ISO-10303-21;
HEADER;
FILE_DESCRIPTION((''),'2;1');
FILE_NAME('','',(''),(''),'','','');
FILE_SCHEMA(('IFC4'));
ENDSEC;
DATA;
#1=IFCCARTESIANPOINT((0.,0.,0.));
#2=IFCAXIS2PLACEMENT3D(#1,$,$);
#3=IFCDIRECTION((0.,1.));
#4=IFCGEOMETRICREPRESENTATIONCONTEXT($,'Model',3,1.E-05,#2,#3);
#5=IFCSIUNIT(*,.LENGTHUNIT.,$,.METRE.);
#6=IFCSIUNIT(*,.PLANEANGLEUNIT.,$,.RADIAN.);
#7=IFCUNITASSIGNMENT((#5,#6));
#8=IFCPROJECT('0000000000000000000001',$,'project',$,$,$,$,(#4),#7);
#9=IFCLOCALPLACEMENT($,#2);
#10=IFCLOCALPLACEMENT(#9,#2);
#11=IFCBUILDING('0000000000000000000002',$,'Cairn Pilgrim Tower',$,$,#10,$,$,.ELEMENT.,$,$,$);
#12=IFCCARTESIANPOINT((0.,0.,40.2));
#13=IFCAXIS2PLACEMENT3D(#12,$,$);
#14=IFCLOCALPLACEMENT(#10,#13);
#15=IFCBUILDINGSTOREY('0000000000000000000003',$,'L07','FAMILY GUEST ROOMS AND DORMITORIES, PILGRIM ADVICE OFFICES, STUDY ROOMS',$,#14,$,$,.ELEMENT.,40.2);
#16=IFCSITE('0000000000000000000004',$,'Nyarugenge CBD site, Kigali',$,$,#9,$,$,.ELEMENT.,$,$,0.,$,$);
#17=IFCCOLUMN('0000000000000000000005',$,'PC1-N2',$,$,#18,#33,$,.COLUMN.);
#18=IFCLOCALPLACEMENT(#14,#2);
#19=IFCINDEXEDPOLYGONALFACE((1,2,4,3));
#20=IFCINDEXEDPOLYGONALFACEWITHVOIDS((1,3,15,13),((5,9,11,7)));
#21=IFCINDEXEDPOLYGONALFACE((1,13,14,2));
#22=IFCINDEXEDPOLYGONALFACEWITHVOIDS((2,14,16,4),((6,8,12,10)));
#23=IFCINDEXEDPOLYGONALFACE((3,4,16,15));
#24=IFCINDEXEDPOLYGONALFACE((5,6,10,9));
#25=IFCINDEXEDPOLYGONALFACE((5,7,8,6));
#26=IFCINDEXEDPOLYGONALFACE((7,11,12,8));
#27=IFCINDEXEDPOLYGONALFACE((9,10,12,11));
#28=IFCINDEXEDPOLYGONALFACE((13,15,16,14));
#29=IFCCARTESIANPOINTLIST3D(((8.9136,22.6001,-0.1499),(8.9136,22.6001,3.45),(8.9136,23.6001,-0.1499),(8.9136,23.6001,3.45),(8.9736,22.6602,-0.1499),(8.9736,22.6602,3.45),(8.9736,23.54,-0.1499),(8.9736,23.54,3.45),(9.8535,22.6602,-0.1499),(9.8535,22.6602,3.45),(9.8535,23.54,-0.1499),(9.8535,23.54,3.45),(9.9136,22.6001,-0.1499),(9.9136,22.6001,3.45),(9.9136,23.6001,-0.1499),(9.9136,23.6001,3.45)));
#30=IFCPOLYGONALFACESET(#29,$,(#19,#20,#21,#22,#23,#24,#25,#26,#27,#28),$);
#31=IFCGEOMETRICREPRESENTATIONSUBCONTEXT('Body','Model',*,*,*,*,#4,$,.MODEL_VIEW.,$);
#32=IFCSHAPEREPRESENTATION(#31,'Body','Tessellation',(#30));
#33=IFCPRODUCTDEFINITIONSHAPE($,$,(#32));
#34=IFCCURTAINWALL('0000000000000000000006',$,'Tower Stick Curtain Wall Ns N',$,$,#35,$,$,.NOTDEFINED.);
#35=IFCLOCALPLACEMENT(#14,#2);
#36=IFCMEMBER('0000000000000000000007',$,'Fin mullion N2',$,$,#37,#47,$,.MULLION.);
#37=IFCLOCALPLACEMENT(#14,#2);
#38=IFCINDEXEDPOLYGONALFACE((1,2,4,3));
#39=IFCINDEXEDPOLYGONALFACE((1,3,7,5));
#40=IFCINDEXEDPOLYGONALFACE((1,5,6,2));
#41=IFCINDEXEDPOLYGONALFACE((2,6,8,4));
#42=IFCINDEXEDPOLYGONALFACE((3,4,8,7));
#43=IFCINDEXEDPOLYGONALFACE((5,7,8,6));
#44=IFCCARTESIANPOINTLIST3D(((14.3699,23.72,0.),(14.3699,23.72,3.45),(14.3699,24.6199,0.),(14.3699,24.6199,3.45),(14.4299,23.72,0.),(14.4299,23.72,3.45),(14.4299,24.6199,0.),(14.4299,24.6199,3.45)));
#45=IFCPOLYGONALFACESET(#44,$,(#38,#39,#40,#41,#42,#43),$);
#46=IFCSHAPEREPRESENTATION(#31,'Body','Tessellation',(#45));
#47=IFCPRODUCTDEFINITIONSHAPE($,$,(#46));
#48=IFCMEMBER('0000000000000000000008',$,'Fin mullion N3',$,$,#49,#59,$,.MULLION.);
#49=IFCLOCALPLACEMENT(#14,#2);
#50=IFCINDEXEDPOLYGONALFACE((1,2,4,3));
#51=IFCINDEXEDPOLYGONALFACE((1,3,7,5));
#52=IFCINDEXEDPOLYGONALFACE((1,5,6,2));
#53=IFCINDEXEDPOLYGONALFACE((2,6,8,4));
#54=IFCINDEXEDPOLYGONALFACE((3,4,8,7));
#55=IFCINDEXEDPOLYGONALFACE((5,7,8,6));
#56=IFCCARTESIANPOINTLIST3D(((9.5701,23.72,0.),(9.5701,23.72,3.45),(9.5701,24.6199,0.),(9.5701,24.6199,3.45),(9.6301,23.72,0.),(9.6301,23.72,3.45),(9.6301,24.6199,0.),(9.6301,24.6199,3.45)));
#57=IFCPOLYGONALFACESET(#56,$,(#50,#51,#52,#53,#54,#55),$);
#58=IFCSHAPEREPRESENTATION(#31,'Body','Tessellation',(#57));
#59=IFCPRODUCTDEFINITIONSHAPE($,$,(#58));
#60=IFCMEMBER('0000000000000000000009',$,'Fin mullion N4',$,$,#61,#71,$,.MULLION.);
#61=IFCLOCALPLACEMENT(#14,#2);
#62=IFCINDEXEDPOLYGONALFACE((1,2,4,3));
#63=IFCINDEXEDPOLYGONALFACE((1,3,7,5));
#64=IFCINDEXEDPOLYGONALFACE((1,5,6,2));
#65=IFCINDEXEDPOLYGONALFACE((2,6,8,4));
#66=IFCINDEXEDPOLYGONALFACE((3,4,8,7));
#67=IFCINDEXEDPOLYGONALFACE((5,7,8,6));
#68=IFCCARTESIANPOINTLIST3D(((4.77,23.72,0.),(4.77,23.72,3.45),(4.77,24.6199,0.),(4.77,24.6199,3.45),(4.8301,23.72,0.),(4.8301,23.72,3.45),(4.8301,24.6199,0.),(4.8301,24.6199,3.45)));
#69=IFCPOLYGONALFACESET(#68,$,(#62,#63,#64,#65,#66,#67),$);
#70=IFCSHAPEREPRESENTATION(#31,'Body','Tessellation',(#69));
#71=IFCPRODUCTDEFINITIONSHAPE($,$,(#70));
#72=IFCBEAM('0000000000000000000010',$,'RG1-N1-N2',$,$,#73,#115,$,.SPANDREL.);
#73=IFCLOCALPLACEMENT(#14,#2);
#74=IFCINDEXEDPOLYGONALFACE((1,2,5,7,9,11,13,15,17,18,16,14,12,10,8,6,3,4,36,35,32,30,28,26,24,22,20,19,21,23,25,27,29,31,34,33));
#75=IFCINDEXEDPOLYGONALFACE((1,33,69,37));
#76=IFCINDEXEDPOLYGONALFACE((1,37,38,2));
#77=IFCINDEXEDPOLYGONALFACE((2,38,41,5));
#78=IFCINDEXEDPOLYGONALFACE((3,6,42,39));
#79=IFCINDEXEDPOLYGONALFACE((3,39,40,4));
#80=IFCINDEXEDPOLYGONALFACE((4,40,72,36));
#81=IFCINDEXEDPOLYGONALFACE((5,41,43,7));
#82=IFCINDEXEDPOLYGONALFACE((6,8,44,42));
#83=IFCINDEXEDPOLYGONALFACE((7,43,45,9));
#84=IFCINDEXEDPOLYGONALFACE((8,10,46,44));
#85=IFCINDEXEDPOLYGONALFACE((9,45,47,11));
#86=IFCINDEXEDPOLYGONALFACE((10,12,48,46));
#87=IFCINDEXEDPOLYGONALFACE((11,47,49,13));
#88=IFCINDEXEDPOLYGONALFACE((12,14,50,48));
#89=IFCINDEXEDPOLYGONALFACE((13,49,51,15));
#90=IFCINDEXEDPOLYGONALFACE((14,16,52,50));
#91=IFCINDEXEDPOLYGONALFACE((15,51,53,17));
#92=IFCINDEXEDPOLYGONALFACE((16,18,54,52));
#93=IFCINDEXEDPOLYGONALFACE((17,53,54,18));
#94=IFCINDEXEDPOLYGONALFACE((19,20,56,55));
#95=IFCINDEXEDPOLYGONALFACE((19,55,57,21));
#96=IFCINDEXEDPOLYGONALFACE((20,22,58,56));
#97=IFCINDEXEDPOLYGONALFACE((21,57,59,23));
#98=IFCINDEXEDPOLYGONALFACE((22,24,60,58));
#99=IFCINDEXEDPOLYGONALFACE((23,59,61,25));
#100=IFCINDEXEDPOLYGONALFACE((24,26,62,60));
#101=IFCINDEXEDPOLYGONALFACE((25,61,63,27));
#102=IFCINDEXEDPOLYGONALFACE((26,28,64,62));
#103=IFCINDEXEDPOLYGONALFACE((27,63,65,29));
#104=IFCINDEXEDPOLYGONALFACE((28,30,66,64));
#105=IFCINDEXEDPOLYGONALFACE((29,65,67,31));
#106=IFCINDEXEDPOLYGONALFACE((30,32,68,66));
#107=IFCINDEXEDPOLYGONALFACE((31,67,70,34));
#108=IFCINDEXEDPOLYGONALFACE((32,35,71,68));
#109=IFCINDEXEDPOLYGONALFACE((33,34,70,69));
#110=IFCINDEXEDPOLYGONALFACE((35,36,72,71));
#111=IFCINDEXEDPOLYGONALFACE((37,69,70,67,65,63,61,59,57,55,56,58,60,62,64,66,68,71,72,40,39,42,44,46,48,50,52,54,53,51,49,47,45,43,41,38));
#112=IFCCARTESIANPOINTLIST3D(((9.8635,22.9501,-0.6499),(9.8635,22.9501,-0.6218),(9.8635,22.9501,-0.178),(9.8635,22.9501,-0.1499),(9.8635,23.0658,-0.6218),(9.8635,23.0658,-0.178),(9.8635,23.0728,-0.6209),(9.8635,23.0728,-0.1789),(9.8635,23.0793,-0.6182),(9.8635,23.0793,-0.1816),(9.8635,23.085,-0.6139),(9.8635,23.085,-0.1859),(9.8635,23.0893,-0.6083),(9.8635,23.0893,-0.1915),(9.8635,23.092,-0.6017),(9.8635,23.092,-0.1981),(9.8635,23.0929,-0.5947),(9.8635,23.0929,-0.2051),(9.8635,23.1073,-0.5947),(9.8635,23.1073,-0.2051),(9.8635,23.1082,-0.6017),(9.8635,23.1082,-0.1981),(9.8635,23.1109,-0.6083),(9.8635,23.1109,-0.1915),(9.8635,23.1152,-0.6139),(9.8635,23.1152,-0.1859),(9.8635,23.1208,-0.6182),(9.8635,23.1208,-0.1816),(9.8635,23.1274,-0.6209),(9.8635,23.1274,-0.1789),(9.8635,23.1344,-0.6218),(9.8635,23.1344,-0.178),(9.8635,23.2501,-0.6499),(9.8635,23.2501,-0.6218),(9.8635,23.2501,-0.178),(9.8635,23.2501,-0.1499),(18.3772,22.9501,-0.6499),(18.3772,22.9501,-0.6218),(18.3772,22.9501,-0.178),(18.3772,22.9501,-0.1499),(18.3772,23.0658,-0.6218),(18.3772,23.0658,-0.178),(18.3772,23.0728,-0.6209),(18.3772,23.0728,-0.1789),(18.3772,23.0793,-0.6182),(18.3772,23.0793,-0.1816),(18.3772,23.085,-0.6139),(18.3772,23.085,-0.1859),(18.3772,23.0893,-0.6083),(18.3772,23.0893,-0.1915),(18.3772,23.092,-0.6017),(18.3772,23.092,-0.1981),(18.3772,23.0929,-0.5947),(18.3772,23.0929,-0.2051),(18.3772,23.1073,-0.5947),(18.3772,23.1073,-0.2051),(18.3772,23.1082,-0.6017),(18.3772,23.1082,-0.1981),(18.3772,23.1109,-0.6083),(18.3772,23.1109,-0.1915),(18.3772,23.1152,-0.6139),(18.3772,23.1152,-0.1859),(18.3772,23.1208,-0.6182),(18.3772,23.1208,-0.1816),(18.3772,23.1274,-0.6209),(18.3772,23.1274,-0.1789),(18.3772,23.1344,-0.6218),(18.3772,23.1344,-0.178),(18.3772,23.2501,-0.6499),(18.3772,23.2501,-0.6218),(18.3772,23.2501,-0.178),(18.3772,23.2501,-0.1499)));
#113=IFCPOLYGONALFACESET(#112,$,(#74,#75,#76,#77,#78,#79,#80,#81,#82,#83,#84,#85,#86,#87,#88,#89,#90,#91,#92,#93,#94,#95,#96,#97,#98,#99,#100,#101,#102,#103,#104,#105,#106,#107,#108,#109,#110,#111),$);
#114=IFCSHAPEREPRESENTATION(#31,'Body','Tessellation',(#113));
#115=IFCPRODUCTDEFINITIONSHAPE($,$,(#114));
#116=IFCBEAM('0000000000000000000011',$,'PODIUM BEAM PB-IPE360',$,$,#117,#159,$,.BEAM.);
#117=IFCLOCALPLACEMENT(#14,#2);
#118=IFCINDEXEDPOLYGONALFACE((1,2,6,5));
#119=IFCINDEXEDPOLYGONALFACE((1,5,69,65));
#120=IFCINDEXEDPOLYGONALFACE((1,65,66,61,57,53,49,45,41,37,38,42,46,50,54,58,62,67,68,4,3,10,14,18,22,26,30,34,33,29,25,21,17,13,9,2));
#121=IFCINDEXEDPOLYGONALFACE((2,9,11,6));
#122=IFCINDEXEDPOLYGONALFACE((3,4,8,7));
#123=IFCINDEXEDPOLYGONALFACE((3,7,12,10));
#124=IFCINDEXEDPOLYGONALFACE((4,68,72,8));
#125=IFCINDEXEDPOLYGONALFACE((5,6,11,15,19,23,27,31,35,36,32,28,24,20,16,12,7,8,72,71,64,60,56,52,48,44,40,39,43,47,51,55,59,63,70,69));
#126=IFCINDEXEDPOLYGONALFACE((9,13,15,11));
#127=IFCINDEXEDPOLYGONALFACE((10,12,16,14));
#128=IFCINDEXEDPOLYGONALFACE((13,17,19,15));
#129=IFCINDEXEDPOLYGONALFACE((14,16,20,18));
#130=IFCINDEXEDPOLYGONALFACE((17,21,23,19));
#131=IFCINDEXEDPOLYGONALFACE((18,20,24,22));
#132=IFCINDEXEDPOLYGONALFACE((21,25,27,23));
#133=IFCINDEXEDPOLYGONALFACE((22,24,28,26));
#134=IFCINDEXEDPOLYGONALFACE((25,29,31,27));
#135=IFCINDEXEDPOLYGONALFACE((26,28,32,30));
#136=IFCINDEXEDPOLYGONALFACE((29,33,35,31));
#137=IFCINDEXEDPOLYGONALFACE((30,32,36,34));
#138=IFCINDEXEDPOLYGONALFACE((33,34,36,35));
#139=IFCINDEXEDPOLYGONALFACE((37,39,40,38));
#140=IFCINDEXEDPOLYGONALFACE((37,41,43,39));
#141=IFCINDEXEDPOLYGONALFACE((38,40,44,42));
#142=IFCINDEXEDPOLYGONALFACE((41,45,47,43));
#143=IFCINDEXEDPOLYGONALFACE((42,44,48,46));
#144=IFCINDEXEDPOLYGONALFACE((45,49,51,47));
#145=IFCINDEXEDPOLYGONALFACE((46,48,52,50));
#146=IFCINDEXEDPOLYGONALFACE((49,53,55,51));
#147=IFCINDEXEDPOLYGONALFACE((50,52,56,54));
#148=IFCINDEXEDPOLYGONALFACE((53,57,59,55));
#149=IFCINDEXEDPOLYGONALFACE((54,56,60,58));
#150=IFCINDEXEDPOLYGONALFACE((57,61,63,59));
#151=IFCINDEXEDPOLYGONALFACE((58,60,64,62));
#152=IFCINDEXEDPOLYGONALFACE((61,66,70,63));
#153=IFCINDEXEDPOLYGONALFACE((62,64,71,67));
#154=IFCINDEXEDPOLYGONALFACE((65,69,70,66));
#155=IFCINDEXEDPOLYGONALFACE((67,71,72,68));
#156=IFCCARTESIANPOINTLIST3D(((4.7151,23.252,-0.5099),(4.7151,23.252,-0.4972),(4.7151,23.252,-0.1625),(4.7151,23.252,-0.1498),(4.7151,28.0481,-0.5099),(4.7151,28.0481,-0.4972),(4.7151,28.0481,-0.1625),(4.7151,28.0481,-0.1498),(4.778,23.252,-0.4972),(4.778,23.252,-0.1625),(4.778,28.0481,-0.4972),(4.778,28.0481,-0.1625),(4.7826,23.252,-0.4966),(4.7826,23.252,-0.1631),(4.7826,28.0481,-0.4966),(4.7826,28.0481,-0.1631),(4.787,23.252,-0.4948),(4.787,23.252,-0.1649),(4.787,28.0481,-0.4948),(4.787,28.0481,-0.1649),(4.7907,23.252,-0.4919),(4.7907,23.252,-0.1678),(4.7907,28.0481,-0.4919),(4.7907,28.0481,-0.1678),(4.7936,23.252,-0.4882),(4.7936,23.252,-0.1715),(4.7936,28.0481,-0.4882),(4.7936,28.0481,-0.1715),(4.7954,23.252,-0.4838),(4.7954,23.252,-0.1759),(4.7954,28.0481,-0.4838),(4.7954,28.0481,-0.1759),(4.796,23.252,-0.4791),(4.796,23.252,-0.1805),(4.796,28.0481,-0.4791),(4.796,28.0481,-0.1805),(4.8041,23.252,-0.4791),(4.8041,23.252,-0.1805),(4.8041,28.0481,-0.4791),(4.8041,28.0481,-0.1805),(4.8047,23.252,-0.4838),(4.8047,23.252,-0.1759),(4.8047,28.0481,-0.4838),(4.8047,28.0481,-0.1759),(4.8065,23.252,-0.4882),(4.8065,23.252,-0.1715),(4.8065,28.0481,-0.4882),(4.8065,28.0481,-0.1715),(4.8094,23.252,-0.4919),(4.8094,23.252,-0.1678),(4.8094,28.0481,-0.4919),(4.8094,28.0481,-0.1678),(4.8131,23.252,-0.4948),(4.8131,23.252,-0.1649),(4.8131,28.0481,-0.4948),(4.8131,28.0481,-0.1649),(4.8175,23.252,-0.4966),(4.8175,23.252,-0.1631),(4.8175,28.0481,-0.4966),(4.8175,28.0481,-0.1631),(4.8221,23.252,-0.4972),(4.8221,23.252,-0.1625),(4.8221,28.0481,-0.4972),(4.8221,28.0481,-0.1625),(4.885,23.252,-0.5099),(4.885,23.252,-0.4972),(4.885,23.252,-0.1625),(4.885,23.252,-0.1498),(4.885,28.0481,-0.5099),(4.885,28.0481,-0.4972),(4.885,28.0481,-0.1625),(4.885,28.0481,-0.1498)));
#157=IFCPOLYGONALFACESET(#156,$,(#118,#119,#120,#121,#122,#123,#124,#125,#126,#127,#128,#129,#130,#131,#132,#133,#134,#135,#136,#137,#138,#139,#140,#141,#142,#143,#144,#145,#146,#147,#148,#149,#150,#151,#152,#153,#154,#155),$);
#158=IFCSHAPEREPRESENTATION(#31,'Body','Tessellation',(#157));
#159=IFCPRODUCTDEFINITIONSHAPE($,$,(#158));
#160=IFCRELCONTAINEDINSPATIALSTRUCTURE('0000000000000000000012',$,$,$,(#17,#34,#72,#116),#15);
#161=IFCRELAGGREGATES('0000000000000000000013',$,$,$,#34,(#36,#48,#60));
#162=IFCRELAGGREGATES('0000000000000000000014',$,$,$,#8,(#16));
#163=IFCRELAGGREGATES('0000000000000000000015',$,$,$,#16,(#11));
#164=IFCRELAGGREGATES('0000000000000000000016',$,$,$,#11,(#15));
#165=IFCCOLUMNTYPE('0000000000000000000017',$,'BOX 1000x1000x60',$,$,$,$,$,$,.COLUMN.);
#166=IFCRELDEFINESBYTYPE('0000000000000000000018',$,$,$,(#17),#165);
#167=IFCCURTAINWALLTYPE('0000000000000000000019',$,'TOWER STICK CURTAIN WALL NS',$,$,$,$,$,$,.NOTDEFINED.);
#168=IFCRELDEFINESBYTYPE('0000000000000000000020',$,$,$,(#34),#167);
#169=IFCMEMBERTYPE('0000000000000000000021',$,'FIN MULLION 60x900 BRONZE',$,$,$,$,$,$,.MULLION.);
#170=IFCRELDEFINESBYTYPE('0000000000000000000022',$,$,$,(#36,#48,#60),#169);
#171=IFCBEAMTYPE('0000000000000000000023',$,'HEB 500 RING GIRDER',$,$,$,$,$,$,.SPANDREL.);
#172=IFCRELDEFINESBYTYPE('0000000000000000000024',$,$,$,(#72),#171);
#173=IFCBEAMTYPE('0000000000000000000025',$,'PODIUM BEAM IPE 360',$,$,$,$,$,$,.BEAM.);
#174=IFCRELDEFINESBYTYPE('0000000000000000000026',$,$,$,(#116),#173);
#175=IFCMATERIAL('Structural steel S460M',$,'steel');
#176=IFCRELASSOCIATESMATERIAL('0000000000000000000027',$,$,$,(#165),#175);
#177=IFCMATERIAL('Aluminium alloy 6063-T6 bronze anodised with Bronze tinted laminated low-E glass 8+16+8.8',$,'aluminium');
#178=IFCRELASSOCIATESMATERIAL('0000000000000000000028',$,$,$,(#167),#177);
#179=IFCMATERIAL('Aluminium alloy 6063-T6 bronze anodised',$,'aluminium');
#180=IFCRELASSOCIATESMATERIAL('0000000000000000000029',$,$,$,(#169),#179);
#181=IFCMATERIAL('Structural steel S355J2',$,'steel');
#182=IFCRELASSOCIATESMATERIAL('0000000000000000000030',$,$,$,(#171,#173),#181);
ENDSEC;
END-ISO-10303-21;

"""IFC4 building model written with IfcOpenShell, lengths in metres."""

from ifc_helpers import new_model, si_unit, direction, frame, origin, origin_2d, place, context, subcontext, project, spatial, rectangle, hollow_rectangle, i_section, extrude, material, material_profile, profile_set, type_object, element, aggregate, save


model = new_model("IFC4")

# Units and contexts
model_context = context("Model", 3, precision=1e-05, world=origin(), true_north=direction((0.0, 1.0)))
body_context = subcontext(model_context, "Body", "Model", "MODEL_VIEW")
ifc_project = project(units=[si_unit("LENGTHUNIT", "METRE"), si_unit("PLANEANGLEUNIT", "RADIAN")], contexts=[model_context])

# Site, building, storey
site_placement = place(None, origin())
site = spatial("IfcSite", under=ifc_project, at=site_placement, Name="Nyarugenge CBD site, Kigali", CompositionType="ELEMENT", RefElevation=0.0)
building_placement = place(site_placement, origin())
building = spatial("IfcBuilding", under=site, at=building_placement, Name="Cairn Pilgrim Tower", CompositionType="ELEMENT")
storey_placement = place(building_placement, frame((0.0, 0.0, 40.2)))
storey = spatial("IfcBuildingStorey", under=building, at=storey_placement, Name="L07", Description="FAMILY GUEST ROOMS AND DORMITORIES, PILGRIM ADVICE OFFICES, STUDY ROOMS", CompositionType="ELEMENT", Elevation=40.2)

# Column
ifc_material_1 = material(Name="Structural steel S460M", Category="steel")
ifc_material_profile_1 = material_profile(ifc_material_1, hollow_rectangle(XDim=1.0, YDim=1.0, WallThickness=0.0601, at=origin_2d()), Name="BOX 1000x1000x60")
ifc_profile_set_1 = profile_set([ifc_material_profile_1], Name="Structural steel S460M")
column_type = type_object("IfcColumnType", Name="BOX 1000x1000x60", PredefinedType="COLUMN", material=ifc_profile_set_1)
column_placement = place(storey_placement, frame((9.4136, 23.1001, -0.1499), z_axis=(0.0, 0.0, 1.0), x_axis=(1.0, 0.0, 0.0)))
element("IfcColumn", 1, at=column_placement, inside=storey, type_object=column_type, Name="PC1-N2", PredefinedType="COLUMN", context=body_context, shape_type="SweptSolid", body=[
    extrude(hollow_rectangle(XDim=1.0, YDim=1.0, WallThickness=0.0601, at=origin_2d()), origin(), (0.0, 0.0, 1.0), 3.5999),
])

# Curtain wall, members
ifc_material_2 = material(Name="Aluminium alloy 6063-T6 bronze anodised with Bronze tinted laminated low-E glass 8+16+8.8", Category="aluminium")
curtain_wall_type = type_object("IfcCurtainWallType", Name="TOWER STICK CURTAIN WALL NS", PredefinedType="NOTDEFINED", material=ifc_material_2)
curtain_wall_placement = place(storey_placement, origin())
curtain_wall = element("IfcCurtainWall", 2, at=curtain_wall_placement, inside=storey, type_object=curtain_wall_type, Name="Tower Stick Curtain Wall Ns N", PredefinedType="NOTDEFINED")
ifc_material_3 = material(Name="Aluminium alloy 6063-T6 bronze anodised", Category="aluminium")
ifc_material_profile_2 = material_profile(ifc_material_3, rectangle(XDim=0.8999, YDim=0.0601, at=origin_2d()), Name="FIN MULLION 60x900 BRONZE")
ifc_profile_set_2 = profile_set([ifc_material_profile_2], Name="Aluminium alloy 6063-T6 bronze anodised")
member_type_1 = type_object("IfcMemberType", Name="FIN MULLION 60x900 BRONZE", PredefinedType="MULLION", material=ifc_profile_set_2)
member_1_placement = place(storey_placement, frame((14.3999, 24.1699, 0.0), z_axis=(0.0, 0.0, 1.0), x_axis=(0.0, 1.0, 0.0)))
member_1 = element("IfcMember", 3, at=member_1_placement, type_object=member_type_1, Name="Fin mullion N2", PredefinedType="MULLION", context=body_context, shape_type="SweptSolid", body=[
    extrude(rectangle(XDim=0.8999, YDim=0.0601, at=origin_2d()), origin(), (0.0, 0.0, 1.0), 3.45),
])
member_2_placement = place(storey_placement, frame((9.6001, 24.1699, 0.0), z_axis=(0.0, 0.0, 1.0), x_axis=(0.0, 1.0, 0.0)))
member_2 = element("IfcMember", 4, at=member_2_placement, type_object=member_type_1, Name="Fin mullion N3", PredefinedType="MULLION", context=body_context, shape_type="SweptSolid", body=[
    extrude(rectangle(XDim=0.8999, YDim=0.0601, at=origin_2d()), origin(), (0.0, 0.0, 1.0), 3.45),
])
member_3_placement = place(storey_placement, frame((4.8, 24.1699, 0.0), z_axis=(0.0, 0.0, 1.0), x_axis=(0.0, 1.0, 0.0)))
member_3 = element("IfcMember", 5, at=member_3_placement, type_object=member_type_1, Name="Fin mullion N4", PredefinedType="MULLION", context=body_context, shape_type="SweptSolid", body=[
    extrude(rectangle(XDim=0.8999, YDim=0.0601, at=origin_2d()), origin(), (0.0, 0.0, 1.0), 3.45),
])

# Beams
ifc_material_4 = material(Name="Structural steel S355J2", Category="steel")
ifc_material_profile_3 = material_profile(ifc_material_4, i_section(OverallWidth=0.3, OverallDepth=0.5, WebThickness=0.0144, FlangeThickness=0.0281, FilletRadius=0.0271, at=origin_2d()), Name="HEB 500")
ifc_profile_set_3 = profile_set([ifc_material_profile_3], Name="Structural steel S355J2")
beam_type_1 = type_object("IfcBeamType", Name="HEB 500 RING GIRDER", PredefinedType="SPANDREL", material=ifc_profile_set_3)
beam_1_placement = place(storey_placement, frame((18.3772, 23.1001, -0.3999), z_axis=(-1.0, 0.0, 0.0), x_axis=(0.0, -1.0, 0.0)))
element("IfcBeam", 6, at=beam_1_placement, inside=storey, type_object=beam_type_1, Name="RG1-N1-N2", PredefinedType="SPANDREL", context=body_context, shape_type="SweptSolid", body=[
    extrude(i_section(OverallWidth=0.3, OverallDepth=0.5, WebThickness=0.0144, FlangeThickness=0.0281, FilletRadius=0.0271, at=origin_2d()), origin(), (0.0, 0.0, 1.0), 8.5137),
])
ifc_material_profile_4 = material_profile(ifc_material_4, i_section(OverallWidth=0.1699, OverallDepth=0.3601, WebThickness=0.0081, FlangeThickness=0.0127, FilletRadius=0.0181, at=origin_2d()), Name="IPE 360")
ifc_profile_set_4 = profile_set([ifc_material_profile_4], Name="Structural steel S355J2")
beam_type_2 = type_object("IfcBeamType", Name="PODIUM BEAM IPE 360", PredefinedType="BEAM", material=ifc_profile_set_4)
beam_2_placement = place(storey_placement, frame((4.8, 23.252, -0.3298), z_axis=(0.0, 1.0, 0.0), x_axis=(-1.0, 0.0, 0.0)))
element("IfcBeam", 7, at=beam_2_placement, inside=storey, type_object=beam_type_2, Name="PODIUM BEAM PB-IPE360", PredefinedType="BEAM", context=body_context, shape_type="SweptSolid", body=[
    extrude(i_section(OverallWidth=0.1699, OverallDepth=0.3601, WebThickness=0.0081, FlangeThickness=0.0127, FilletRadius=0.0181, at=origin_2d()), origin(), (0.0, 0.0, 1.0), 4.7961),
])

aggregate(curtain_wall, [member_1, member_2, member_3])

save(model, "model.ifc")
